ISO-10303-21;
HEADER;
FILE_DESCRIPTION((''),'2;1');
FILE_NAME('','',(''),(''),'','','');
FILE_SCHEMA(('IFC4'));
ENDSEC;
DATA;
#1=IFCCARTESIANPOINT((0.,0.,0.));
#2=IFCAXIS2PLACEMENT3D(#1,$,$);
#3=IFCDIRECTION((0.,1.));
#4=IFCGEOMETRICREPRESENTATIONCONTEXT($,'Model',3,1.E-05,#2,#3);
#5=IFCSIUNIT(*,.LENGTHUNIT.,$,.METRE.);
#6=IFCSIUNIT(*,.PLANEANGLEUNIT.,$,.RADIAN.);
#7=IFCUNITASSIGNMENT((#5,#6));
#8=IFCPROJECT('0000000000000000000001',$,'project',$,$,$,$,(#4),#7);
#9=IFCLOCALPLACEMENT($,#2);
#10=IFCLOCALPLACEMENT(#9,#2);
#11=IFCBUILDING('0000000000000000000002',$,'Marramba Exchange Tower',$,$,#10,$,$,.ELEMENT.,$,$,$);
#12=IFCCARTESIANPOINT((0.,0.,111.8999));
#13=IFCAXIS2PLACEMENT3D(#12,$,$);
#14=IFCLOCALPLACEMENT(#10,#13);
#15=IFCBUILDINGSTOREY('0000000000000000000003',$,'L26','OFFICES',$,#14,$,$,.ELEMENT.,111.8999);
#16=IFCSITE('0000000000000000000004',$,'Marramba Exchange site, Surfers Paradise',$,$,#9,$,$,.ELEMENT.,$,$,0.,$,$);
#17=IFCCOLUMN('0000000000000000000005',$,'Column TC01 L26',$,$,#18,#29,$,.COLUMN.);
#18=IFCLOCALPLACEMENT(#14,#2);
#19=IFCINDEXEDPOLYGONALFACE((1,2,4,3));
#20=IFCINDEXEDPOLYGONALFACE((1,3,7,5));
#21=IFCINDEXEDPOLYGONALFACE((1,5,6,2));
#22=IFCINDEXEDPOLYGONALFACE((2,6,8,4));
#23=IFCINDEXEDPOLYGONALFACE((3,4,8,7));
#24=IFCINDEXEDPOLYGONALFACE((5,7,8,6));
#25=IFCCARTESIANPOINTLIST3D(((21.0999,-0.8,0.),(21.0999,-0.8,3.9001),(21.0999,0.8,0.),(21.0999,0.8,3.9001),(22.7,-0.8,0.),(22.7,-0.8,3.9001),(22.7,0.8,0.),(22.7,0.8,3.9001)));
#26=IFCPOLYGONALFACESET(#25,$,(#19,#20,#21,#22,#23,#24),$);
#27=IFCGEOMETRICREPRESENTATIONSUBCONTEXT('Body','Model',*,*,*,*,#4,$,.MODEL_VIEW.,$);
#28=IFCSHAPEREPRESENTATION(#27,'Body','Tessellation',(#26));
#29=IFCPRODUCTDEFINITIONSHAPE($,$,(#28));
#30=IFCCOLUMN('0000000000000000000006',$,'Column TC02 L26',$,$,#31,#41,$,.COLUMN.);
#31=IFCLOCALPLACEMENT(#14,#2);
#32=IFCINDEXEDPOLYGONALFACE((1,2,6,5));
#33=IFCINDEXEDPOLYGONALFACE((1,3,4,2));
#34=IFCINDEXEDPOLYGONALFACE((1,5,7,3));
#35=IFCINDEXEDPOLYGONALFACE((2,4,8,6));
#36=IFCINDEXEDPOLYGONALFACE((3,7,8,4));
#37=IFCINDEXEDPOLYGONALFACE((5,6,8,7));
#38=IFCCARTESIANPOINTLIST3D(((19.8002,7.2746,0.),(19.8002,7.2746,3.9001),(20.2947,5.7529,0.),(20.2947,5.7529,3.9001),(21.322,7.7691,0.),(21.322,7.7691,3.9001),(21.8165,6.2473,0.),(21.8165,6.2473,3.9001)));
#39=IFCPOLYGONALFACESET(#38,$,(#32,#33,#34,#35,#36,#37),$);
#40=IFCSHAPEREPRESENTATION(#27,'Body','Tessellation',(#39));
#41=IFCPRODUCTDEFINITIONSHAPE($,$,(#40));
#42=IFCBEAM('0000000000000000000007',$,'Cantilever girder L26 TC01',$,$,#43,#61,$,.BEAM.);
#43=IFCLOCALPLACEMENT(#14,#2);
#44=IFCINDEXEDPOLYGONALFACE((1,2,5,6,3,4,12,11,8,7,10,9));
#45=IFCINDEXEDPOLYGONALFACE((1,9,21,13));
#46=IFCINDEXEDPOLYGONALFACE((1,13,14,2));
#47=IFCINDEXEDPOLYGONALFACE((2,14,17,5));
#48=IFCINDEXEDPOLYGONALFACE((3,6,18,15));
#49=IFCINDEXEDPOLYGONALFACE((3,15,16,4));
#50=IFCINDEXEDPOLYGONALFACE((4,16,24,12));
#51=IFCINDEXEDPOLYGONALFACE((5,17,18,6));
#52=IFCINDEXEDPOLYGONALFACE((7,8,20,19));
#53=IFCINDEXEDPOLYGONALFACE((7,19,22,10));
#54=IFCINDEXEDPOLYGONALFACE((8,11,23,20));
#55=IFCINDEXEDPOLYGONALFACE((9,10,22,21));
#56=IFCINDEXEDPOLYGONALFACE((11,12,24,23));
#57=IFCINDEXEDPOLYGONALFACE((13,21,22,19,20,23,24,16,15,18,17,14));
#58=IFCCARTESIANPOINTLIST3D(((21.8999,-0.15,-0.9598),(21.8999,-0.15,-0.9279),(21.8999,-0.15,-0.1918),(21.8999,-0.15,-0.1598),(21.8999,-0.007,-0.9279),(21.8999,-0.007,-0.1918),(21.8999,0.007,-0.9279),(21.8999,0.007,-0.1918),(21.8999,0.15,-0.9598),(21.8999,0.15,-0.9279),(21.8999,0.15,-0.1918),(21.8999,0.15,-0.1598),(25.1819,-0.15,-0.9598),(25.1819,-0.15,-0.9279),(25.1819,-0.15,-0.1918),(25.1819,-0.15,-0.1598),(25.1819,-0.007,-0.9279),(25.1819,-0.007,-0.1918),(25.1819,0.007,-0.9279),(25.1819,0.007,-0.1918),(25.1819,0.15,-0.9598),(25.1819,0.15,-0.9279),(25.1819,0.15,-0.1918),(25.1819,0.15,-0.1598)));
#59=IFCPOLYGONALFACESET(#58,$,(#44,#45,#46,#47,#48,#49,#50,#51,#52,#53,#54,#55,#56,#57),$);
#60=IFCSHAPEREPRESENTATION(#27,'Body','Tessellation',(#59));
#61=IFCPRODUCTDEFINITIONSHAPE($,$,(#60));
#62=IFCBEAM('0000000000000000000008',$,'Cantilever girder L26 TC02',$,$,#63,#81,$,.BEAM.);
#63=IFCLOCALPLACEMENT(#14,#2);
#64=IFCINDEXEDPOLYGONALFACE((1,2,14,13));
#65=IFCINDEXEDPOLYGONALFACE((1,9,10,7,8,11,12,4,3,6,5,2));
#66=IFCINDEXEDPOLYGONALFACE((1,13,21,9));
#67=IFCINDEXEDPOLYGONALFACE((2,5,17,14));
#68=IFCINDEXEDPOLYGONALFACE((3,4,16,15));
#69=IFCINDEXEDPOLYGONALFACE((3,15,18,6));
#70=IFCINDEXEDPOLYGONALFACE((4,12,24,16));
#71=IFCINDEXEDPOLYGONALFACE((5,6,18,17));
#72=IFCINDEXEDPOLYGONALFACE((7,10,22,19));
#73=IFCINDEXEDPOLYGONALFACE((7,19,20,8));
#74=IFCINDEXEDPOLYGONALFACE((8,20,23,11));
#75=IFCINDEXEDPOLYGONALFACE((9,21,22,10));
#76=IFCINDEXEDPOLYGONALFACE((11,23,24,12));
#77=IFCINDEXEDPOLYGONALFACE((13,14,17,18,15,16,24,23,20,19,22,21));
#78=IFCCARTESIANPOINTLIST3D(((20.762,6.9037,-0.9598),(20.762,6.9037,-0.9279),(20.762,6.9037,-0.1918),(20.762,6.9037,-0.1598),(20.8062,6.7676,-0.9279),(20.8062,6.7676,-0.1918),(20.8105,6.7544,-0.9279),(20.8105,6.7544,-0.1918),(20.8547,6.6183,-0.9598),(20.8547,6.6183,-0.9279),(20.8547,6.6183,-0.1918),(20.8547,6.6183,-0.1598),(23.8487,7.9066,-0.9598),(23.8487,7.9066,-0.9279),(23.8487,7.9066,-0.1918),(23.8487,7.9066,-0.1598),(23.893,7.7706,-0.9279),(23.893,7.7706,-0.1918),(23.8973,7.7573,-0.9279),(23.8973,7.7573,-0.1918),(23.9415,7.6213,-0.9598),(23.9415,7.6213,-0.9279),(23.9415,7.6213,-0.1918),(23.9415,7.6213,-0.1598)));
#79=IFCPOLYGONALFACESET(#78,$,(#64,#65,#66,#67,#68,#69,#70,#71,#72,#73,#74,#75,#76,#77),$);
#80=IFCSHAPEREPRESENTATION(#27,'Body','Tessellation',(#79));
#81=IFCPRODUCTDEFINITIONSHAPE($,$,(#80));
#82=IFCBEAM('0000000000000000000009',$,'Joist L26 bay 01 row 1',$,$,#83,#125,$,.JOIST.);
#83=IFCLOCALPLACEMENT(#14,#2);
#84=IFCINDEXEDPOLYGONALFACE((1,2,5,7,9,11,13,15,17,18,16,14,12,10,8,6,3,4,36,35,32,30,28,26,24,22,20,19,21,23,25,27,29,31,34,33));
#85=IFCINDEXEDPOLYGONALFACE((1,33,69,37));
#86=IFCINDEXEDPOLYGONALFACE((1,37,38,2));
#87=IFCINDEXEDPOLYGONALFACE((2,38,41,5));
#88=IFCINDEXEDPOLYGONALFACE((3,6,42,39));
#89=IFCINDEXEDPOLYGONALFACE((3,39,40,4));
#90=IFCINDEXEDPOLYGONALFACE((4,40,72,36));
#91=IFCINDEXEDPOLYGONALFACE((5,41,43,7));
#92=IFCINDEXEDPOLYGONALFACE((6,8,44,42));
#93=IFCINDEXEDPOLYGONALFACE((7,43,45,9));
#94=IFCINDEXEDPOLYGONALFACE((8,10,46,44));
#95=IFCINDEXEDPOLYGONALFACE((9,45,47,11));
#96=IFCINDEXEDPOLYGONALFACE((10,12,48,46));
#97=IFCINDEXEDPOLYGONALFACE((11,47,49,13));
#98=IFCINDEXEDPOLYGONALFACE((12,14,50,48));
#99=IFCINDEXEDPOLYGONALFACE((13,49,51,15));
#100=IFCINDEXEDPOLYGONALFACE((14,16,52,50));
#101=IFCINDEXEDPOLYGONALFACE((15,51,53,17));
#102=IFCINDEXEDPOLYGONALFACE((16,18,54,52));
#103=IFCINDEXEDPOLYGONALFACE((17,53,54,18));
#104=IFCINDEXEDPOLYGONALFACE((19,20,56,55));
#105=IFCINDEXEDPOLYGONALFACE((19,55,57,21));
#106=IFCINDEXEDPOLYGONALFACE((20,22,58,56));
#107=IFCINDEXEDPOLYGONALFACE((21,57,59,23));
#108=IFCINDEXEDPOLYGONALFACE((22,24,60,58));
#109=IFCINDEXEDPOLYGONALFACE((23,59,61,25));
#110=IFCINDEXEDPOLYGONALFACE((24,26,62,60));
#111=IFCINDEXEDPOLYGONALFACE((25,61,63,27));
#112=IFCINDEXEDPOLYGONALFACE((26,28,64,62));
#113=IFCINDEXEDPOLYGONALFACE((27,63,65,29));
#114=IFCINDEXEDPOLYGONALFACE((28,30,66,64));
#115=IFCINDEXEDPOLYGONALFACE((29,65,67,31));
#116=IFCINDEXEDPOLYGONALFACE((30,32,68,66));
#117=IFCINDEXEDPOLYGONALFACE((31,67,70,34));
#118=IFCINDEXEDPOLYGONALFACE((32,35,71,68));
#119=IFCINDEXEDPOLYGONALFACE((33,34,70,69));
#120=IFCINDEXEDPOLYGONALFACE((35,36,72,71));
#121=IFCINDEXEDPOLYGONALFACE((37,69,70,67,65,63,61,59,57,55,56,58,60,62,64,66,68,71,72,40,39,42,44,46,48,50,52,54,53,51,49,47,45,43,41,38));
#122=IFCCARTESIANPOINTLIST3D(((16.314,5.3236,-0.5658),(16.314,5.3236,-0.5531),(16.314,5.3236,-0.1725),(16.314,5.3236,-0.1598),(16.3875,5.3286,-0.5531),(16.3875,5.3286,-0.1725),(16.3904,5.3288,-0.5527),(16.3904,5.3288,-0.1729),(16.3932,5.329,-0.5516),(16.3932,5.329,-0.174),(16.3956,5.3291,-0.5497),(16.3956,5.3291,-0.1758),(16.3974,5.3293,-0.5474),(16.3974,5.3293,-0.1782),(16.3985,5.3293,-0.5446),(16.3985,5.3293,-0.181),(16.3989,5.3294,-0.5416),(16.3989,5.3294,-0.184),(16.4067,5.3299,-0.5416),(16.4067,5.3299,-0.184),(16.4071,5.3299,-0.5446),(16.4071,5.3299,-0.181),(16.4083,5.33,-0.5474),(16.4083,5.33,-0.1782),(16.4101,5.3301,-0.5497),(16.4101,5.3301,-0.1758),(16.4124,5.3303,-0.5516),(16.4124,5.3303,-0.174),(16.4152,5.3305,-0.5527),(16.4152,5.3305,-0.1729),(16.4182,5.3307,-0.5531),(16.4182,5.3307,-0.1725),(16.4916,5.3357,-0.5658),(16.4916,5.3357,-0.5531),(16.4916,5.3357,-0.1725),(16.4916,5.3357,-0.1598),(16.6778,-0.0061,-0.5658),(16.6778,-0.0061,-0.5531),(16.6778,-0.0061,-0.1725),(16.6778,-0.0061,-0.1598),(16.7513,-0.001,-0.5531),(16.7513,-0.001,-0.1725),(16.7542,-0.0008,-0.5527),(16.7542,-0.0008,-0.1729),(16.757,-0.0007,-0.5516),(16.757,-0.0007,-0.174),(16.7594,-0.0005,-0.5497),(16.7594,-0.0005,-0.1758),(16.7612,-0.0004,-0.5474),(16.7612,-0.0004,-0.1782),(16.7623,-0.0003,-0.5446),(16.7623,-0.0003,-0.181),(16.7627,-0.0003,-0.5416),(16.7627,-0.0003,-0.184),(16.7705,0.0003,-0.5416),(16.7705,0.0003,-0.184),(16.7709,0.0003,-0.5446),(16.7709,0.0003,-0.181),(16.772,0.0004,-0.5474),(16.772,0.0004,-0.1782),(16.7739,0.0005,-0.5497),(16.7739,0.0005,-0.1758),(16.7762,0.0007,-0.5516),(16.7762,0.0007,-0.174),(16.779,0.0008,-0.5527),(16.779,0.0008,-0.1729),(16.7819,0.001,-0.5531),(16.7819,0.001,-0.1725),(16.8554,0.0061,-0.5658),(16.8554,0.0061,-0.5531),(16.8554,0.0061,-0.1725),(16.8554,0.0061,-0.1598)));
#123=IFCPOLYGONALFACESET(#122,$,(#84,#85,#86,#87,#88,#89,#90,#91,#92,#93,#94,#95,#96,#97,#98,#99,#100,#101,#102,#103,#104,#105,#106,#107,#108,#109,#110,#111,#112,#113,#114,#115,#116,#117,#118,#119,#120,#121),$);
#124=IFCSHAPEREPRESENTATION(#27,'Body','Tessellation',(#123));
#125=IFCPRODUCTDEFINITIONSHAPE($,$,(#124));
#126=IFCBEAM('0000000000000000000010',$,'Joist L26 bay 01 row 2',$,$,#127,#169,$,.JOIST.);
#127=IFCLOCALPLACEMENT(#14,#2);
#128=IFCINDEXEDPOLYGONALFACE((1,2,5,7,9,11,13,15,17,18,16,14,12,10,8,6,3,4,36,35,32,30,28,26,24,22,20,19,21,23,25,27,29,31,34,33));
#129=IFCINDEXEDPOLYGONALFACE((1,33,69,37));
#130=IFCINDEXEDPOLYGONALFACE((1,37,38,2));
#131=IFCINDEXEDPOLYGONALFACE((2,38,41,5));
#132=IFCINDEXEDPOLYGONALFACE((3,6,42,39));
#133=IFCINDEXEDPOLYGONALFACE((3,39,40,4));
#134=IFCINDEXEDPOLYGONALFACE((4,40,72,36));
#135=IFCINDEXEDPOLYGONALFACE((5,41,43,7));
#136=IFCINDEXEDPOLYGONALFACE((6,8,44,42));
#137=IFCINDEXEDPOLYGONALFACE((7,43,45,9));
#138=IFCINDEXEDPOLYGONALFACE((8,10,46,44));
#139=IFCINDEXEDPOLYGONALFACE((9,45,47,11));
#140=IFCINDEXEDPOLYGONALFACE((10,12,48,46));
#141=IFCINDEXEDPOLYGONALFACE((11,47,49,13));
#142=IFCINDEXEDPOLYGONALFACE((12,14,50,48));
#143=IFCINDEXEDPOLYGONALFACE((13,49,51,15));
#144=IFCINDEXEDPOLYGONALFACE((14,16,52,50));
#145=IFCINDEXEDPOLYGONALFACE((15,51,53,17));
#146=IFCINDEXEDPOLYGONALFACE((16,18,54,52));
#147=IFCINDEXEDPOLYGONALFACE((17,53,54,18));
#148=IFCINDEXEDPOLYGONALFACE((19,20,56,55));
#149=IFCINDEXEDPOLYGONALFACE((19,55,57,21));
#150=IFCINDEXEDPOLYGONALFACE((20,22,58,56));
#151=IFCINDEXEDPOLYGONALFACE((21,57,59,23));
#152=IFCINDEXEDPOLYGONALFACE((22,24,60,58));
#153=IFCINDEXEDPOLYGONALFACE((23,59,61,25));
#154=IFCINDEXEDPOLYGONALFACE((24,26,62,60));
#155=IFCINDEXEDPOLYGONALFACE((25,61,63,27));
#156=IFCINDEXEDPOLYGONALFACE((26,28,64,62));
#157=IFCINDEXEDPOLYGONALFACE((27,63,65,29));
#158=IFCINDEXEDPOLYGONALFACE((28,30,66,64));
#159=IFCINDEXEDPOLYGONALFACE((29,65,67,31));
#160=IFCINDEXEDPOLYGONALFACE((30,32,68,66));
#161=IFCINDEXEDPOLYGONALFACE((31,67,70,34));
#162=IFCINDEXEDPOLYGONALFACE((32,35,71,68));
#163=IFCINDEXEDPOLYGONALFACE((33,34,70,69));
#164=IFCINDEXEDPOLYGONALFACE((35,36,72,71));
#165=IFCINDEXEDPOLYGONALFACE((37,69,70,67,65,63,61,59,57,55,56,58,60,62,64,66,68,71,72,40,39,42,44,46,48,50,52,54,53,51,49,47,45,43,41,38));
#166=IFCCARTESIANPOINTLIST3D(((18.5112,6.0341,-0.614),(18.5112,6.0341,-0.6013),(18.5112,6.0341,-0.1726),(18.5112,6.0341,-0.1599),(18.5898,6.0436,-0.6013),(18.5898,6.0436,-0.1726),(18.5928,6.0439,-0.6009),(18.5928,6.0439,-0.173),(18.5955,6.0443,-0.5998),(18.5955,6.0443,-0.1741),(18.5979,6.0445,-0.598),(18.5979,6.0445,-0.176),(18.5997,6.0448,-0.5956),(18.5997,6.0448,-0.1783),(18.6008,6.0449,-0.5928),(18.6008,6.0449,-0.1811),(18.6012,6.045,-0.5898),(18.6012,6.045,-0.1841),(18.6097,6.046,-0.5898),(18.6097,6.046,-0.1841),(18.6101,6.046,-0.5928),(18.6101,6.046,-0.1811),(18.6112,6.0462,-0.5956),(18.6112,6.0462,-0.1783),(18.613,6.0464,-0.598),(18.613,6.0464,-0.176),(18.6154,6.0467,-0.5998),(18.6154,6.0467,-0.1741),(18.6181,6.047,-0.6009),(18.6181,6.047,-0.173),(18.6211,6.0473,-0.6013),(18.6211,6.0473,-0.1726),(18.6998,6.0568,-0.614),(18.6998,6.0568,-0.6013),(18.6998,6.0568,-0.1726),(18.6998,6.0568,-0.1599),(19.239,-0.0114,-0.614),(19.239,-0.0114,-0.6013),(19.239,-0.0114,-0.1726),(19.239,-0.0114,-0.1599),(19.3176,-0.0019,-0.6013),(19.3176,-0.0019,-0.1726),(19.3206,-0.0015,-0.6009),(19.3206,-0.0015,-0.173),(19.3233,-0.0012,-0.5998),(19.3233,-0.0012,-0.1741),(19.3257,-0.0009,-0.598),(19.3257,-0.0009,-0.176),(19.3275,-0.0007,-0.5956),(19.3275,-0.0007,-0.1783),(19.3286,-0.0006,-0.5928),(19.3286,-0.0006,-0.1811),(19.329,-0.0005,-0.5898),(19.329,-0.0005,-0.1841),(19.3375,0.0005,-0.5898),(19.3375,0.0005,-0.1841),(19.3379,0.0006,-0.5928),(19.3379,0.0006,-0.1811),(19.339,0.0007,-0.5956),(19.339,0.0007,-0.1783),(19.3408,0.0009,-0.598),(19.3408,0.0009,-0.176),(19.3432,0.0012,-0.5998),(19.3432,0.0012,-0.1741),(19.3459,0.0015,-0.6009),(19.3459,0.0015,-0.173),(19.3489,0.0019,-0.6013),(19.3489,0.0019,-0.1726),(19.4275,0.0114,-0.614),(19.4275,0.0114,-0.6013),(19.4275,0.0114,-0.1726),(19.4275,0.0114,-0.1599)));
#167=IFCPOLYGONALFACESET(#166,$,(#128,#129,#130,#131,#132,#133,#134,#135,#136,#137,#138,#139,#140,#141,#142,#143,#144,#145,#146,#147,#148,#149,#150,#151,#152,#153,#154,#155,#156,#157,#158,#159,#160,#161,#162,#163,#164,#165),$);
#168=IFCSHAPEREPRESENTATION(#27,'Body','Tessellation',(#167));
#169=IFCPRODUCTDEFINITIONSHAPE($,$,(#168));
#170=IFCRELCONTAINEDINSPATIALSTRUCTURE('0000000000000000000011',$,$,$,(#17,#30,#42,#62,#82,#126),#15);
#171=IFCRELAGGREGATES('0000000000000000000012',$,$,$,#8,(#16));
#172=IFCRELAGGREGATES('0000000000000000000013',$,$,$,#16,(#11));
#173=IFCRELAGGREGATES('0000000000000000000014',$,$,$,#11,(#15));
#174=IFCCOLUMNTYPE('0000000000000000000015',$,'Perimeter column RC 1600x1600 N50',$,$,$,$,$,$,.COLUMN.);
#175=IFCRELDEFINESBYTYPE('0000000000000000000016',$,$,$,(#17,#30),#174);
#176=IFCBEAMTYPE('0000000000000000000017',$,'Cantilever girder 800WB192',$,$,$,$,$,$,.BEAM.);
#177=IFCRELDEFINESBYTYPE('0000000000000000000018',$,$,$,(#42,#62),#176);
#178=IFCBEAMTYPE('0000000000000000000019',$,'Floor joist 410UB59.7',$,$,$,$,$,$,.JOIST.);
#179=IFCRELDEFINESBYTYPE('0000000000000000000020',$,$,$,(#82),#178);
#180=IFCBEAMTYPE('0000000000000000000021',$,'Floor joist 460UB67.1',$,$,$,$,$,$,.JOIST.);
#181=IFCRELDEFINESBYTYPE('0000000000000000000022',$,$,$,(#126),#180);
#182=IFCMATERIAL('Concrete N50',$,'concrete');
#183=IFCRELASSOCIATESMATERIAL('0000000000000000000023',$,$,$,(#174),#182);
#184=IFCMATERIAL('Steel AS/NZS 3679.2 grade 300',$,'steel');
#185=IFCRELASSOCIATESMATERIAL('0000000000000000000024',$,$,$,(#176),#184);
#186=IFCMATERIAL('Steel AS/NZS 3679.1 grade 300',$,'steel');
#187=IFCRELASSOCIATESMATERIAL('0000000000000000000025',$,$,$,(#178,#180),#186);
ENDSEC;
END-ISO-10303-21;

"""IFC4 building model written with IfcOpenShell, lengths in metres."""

from ifc_helpers import new_model, si_unit, direction, frame, origin, origin_2d, place, context, subcontext, project, spatial, rectangle, i_section, extrude, material, material_profile, profile_set, type_object, element, save


model = new_model("IFC4")

# Units and contexts
model_context = context("Model", 3, precision=1e-05, world=origin(), true_north=direction((0.0, 1.0)))
body_context = subcontext(model_context, "Body", "Model", "MODEL_VIEW")
ifc_project = project(units=[si_unit("LENGTHUNIT", "METRE"), si_unit("PLANEANGLEUNIT", "RADIAN")], contexts=[model_context])

# Site, building, storey
site_placement = place(None, origin())
site = spatial("IfcSite", under=ifc_project, at=site_placement, Name="Marramba Exchange site, Surfers Paradise", CompositionType="ELEMENT", RefElevation=0.0)
building_placement = place(site_placement, origin())
building = spatial("IfcBuilding", under=site, at=building_placement, Name="Marramba Exchange Tower", CompositionType="ELEMENT")
storey_placement = place(building_placement, frame((0.0, 0.0, 111.8999)))
storey = spatial("IfcBuildingStorey", under=building, at=storey_placement, Name="L26", Description="OFFICES", CompositionType="ELEMENT", Elevation=111.8999)

# Columns
ifc_material_1 = material(Name="Concrete N50", Category="concrete")
ifc_material_profile_1 = material_profile(ifc_material_1, rectangle(XDim=1.6001, YDim=1.6001, at=origin_2d()), Name="RC 1600x1600")
ifc_profile_set_1 = profile_set([ifc_material_profile_1], Name="Concrete N50")
column_type = type_object("IfcColumnType", Name="Perimeter column RC 1600x1600 N50", PredefinedType="COLUMN", material=ifc_profile_set_1)
for number, where, z_axis, x_axis, name in (
    (1, (21.8999, 0.0, 0.0), (0.0, 0.0, 1.0), (1.0, 0.0, 0.0), "Column TC01 L26"),
    (2, (20.8083, 6.761, 0.0), (0.0, 0.0, 1.0), (0.951057, 0.309017, 0.0), "Column TC02 L26"),
):
    element("IfcColumn", number, at=place(storey_placement, frame(where, z_axis=z_axis, x_axis=x_axis)), inside=storey, type_object=column_type, Name=name, PredefinedType="COLUMN", context=body_context, shape_type="SweptSolid", body=[
        extrude(rectangle(XDim=1.6001, YDim=1.6001, at=origin_2d()), origin(), (0.0, 0.0, 1.0), 3.9001),
    ])

# Beams
ifc_material_2 = material(Name="Steel AS/NZS 3679.2 grade 300", Category="steel")
ifc_material_profile_2 = material_profile(ifc_material_2, i_section(OverallWidth=0.3, OverallDepth=0.8, WebThickness=0.0139, FlangeThickness=0.032, at=origin_2d()), Name="800WB192")
ifc_profile_set_2 = profile_set([ifc_material_profile_2], Name="Steel AS/NZS 3679.2 grade 300")
beam_type_1 = type_object("IfcBeamType", Name="Cantilever girder 800WB192", PredefinedType="BEAM", material=ifc_profile_set_2)
beam_1_placement = place(storey_placement, frame((21.8999, 0.0, -0.5598), z_axis=(1.0, 0.0, 0.0), x_axis=(0.0, 1.0, 0.0)))
element("IfcBeam", 3, at=beam_1_placement, inside=storey, type_object=beam_type_1, Name="Cantilever girder L26 TC01", PredefinedType="BEAM", context=body_context, shape_type="SweptSolid", body=[
    extrude(i_section(OverallWidth=0.3, OverallDepth=0.8, WebThickness=0.0139, FlangeThickness=0.032, at=origin_2d()), origin(), (0.0, 0.0, 1.0), 3.282),
])
beam_2_placement = place(storey_placement, frame((20.8083, 6.761, -0.5598), z_axis=(0.951056, 0.30902, 0.0), x_axis=(-0.30902, 0.951056, 0.0)))
element("IfcBeam", 4, at=beam_2_placement, inside=storey, type_object=beam_type_1, Name="Cantilever girder L26 TC02", PredefinedType="BEAM", context=body_context, shape_type="SweptSolid", body=[
    extrude(i_section(OverallWidth=0.3, OverallDepth=0.8, WebThickness=0.0139, FlangeThickness=0.032, at=origin_2d()), origin(), (0.0, 0.0, 1.0), 3.2456),
])
ifc_material_3 = material(Name="Steel AS/NZS 3679.1 grade 300", Category="steel")
ifc_material_profile_3 = material_profile(ifc_material_3, i_section(OverallWidth=0.178, OverallDepth=0.406, WebThickness=0.0078, FlangeThickness=0.0127, FilletRadius=0.0115, at=origin_2d()), Name="410UB59.7")
ifc_profile_set_3 = profile_set([ifc_material_profile_3], Name="Steel AS/NZS 3679.1 grade 300")
beam_type_2 = type_object("IfcBeamType", Name="Floor joist 410UB59.7", PredefinedType="JOIST", material=ifc_profile_set_3)
beam_3_placement = place(storey_placement, frame((16.7666, 0.0, -0.3628), z_axis=(-0.068096, 0.997679, 0.0), x_axis=(-0.997679, -0.068096, 0.0)))
element("IfcBeam", 5, at=beam_3_placement, inside=storey, type_object=beam_type_2, Name="Joist L26 bay 01 row 1", PredefinedType="JOIST", context=body_context, shape_type="SweptSolid", body=[
    extrude(i_section(OverallWidth=0.178, OverallDepth=0.406, WebThickness=0.0078, FlangeThickness=0.0127, FilletRadius=0.0115, at=origin_2d()), origin(), (0.0, 0.0, 1.0), 5.342),
])
ifc_material_profile_4 = material_profile(ifc_material_3, i_section(OverallWidth=0.1899, OverallDepth=0.4541, WebThickness=0.0085, FlangeThickness=0.0127, FilletRadius=0.0115, at=origin_2d()), Name="460UB67.1")
ifc_profile_set_4 = profile_set([ifc_material_profile_4], Name="Steel AS/NZS 3679.1 grade 300")
beam_type_3 = type_object("IfcBeamType", Name="Floor joist 460UB67.1", PredefinedType="JOIST", material=ifc_profile_set_4)
beam_4_placement = place(storey_placement, frame((19.3333, 0.0, -0.387), z_axis=(-0.119523, 0.992831, 0.0), x_axis=(-0.992831, -0.119523, 0.0)))
element("IfcBeam", 6, at=beam_4_placement, inside=storey, type_object=beam_type_3, Name="Joist L26 bay 01 row 2", PredefinedType="JOIST", context=body_context, shape_type="SweptSolid", body=[
    extrude(i_section(OverallWidth=0.1899, OverallDepth=0.4541, WebThickness=0.0085, FlangeThickness=0.0127, FilletRadius=0.0115, at=origin_2d()), origin(), (0.0, 0.0, 1.0), 6.0891),
])

save(model, "model.ifc")
